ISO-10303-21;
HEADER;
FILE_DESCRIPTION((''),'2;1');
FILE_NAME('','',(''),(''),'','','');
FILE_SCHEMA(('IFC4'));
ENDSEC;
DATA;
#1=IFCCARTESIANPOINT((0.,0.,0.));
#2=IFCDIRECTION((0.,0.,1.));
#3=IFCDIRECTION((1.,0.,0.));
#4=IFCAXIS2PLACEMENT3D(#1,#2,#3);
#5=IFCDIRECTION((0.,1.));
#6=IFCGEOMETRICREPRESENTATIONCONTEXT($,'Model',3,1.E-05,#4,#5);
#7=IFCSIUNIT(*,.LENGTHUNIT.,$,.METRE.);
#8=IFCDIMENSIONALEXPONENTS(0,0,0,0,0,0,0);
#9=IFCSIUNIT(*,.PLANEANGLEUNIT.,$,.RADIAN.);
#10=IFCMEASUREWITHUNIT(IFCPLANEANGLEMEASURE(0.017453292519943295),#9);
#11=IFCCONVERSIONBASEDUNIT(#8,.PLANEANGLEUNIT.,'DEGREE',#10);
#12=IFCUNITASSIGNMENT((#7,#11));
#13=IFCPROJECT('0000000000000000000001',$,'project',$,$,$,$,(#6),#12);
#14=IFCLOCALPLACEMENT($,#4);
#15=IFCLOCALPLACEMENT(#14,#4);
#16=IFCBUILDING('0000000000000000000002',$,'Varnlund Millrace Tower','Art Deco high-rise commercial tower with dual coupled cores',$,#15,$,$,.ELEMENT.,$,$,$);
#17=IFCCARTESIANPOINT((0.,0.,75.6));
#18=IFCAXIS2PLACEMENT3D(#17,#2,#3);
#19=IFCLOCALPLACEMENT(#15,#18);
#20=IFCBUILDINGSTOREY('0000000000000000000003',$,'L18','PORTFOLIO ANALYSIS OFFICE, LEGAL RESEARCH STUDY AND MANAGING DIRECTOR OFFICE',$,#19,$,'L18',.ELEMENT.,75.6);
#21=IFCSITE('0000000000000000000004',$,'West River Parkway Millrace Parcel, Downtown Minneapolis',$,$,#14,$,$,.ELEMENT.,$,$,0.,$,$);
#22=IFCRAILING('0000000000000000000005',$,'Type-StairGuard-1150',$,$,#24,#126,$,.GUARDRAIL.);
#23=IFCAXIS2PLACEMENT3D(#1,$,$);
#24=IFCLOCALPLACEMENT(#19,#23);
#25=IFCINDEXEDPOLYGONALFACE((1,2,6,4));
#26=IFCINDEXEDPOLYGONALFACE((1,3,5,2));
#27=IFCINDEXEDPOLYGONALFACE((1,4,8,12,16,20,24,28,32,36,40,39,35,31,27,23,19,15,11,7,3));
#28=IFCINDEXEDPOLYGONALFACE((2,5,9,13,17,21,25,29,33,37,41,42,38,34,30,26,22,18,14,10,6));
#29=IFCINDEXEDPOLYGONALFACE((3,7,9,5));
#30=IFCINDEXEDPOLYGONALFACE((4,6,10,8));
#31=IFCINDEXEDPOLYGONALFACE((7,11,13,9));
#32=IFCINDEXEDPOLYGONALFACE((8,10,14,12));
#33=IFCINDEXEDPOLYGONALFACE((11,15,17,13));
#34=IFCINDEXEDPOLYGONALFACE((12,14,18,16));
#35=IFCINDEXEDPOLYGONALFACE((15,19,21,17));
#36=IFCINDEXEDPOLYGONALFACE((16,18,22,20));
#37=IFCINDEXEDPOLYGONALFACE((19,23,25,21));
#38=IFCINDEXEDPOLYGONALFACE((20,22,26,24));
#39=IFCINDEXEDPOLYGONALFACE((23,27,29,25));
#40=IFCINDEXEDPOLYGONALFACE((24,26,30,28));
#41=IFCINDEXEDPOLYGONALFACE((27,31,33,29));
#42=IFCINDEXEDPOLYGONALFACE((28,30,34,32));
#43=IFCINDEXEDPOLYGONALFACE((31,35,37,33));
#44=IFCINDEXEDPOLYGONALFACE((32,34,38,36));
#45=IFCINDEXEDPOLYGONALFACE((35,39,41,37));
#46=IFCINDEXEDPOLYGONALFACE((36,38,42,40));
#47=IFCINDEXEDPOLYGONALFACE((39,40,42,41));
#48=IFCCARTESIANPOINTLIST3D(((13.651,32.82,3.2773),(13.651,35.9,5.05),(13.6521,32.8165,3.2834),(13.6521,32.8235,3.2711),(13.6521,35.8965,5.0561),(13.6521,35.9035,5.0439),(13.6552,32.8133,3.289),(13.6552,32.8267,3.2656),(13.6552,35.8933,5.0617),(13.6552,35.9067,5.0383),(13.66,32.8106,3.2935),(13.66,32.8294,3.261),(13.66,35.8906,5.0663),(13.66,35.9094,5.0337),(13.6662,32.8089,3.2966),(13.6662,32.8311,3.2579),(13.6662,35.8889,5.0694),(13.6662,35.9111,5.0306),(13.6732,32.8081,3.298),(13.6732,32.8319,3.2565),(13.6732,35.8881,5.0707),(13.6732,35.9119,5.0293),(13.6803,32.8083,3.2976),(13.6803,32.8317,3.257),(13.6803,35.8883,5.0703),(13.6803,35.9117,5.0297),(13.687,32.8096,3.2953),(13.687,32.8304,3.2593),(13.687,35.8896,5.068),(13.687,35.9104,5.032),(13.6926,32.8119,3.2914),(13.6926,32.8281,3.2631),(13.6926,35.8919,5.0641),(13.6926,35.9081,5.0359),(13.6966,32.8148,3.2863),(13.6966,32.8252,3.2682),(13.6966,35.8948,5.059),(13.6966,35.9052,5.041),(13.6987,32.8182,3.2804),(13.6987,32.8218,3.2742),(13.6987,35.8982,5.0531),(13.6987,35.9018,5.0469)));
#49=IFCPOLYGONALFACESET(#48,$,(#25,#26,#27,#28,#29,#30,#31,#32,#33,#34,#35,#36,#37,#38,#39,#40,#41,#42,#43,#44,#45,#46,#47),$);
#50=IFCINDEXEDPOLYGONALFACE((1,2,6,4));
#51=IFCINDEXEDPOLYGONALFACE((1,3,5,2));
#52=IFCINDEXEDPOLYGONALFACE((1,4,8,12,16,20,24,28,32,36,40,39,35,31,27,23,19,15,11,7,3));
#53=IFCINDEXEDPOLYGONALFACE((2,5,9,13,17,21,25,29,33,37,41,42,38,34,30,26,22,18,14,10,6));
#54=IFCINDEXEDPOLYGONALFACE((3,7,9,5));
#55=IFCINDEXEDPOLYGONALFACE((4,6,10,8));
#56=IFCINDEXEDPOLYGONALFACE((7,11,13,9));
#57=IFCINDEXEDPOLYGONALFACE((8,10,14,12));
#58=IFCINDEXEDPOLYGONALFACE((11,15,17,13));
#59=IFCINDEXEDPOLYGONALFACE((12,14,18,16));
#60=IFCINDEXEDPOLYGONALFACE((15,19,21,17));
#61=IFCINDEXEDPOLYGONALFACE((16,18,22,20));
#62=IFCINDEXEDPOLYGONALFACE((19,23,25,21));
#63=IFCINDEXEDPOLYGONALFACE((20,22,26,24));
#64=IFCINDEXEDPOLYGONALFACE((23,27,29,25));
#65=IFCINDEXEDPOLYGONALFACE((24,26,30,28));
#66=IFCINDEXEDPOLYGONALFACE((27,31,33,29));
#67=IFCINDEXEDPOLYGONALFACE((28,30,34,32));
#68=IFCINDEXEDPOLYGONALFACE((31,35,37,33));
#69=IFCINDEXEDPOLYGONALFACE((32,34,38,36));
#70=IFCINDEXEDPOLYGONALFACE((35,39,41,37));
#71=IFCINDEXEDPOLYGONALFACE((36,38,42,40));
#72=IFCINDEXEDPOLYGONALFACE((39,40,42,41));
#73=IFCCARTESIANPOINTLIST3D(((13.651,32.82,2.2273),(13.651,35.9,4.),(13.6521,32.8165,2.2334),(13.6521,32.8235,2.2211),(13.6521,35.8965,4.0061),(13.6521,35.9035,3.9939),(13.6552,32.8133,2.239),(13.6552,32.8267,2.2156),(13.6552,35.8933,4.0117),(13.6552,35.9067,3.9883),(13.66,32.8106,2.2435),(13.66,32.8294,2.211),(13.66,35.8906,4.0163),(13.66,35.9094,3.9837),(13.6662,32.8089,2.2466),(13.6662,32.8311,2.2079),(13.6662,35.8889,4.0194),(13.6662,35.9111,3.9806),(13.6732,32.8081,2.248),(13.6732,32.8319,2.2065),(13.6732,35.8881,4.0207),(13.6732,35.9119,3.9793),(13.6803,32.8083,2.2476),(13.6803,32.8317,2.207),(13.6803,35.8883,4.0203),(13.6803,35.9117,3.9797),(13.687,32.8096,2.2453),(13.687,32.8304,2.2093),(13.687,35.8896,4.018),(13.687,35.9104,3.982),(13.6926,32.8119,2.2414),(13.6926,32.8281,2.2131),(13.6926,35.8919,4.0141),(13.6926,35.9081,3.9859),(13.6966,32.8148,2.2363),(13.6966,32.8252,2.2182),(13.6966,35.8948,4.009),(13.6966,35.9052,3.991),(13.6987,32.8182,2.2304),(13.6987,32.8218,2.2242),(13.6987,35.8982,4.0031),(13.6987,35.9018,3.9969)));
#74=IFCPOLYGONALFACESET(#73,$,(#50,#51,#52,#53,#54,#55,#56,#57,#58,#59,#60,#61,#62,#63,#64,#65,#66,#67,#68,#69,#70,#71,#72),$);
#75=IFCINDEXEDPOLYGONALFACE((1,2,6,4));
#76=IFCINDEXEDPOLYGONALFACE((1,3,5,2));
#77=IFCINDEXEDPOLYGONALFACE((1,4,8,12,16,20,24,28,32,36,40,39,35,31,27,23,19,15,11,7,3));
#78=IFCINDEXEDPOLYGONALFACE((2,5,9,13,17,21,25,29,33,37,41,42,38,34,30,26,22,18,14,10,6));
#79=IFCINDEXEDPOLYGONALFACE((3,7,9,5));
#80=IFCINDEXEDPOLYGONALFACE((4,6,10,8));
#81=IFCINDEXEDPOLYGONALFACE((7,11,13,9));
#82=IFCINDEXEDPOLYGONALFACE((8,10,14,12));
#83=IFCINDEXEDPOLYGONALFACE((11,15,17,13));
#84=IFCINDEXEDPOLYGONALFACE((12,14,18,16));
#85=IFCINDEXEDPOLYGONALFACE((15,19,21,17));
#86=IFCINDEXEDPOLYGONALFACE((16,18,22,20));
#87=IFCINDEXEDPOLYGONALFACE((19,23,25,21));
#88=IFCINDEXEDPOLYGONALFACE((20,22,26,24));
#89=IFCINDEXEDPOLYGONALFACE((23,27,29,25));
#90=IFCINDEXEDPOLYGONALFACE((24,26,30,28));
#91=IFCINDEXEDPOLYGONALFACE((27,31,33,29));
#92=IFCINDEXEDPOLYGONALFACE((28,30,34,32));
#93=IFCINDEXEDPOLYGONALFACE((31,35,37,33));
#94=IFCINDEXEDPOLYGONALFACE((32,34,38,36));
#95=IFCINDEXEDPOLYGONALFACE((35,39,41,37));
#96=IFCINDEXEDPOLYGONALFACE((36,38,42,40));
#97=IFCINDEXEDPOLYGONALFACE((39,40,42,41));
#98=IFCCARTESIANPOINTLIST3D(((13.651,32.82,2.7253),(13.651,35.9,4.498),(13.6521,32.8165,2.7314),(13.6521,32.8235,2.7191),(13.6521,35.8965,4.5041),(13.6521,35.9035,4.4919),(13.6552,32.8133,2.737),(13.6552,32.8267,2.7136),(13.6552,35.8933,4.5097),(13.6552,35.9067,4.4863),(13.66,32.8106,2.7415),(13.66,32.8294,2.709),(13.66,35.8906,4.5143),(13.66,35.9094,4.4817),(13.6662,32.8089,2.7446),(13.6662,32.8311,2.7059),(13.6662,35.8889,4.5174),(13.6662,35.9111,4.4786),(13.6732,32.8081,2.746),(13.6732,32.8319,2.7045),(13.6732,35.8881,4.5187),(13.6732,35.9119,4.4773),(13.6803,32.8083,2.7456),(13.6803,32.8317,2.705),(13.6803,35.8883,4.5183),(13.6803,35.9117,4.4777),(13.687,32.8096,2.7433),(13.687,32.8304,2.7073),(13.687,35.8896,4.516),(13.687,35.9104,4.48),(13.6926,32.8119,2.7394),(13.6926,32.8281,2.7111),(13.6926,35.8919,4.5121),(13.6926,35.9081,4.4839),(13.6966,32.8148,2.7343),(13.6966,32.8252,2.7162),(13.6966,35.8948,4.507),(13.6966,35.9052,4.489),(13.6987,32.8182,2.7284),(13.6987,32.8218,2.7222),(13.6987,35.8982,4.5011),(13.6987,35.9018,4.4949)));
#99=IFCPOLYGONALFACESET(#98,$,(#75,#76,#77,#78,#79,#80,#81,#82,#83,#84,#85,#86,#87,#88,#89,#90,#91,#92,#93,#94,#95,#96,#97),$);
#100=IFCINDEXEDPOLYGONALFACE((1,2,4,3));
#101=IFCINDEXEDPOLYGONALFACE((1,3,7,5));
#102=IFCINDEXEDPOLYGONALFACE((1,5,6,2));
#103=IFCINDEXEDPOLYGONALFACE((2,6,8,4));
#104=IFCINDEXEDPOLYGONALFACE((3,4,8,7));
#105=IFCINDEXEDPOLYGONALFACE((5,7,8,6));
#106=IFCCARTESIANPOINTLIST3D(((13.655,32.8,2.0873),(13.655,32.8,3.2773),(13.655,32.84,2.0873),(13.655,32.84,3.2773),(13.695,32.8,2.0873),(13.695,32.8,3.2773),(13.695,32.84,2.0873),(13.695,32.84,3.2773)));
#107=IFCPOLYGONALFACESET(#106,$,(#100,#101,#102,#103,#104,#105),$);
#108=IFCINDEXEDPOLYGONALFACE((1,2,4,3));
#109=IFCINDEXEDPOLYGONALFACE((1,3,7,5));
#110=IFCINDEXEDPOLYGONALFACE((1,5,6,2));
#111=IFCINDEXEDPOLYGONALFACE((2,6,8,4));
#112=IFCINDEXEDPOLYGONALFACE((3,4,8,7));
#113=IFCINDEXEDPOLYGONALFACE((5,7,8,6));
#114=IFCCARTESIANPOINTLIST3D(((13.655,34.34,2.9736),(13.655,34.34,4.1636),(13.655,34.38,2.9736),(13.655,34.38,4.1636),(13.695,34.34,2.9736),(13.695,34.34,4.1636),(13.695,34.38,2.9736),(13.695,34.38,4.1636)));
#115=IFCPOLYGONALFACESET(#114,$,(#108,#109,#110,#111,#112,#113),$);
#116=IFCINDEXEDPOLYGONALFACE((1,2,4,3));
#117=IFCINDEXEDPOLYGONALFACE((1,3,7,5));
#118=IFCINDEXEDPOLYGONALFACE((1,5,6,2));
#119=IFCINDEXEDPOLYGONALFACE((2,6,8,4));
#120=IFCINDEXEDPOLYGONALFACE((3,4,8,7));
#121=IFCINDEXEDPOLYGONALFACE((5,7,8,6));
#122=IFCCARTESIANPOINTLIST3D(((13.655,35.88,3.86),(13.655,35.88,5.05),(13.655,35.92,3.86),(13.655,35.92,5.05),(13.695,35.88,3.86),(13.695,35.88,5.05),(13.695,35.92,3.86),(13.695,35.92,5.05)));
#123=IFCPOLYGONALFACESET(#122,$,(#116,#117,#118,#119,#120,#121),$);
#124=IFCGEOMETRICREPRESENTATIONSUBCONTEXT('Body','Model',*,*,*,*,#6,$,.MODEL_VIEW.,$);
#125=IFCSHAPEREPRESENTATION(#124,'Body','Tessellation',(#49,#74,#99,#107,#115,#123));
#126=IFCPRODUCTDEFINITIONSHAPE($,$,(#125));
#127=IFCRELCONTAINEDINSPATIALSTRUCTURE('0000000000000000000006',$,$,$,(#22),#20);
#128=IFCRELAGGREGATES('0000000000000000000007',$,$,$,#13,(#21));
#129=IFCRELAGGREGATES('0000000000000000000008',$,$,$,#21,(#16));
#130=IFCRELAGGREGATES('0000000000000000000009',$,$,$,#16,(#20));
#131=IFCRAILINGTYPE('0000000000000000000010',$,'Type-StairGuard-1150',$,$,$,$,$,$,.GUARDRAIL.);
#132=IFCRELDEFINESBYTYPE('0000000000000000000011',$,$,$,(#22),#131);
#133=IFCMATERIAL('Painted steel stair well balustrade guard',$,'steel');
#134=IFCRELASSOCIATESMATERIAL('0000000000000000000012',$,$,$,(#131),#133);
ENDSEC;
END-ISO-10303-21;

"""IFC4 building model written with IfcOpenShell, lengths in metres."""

from ifc_helpers import new_model, entity, si_unit, converted_unit, direction, frame, origin_with_axes, origin_2d_with_axis, place, context, subcontext, project, spatial, rectangle, circle, extrude, material, type_object, element, save


model = new_model("IFC4")

# Units and contexts
model_context = context("Model", 3, precision=1e-05, world=origin_with_axes(), true_north=direction((0.0, 1.0)))
body_context = subcontext(model_context, "Body", "Model", "MODEL_VIEW")
ifc_project = project(units=[si_unit("LENGTHUNIT", "METRE"), converted_unit("PLANEANGLEUNIT", "DEGREE", entity("IfcPlaneAngleMeasure", 0.017453292519943295), si_unit("PLANEANGLEUNIT", "RADIAN"), dimensions=[0, 0, 0, 0, 0, 0, 0])], contexts=[model_context])

# Site, building, storey
site_placement = place(None, origin_with_axes())
site = spatial("IfcSite", under=ifc_project, at=site_placement, Name="West River Parkway Millrace Parcel, Downtown Minneapolis", CompositionType="ELEMENT", RefElevation=0.0)
building_placement = place(site_placement, origin_with_axes())
building = spatial("IfcBuilding", under=site, at=building_placement, Name="Varnlund Millrace Tower", Description="Art Deco high-rise commercial tower with dual coupled cores", CompositionType="ELEMENT")
storey_placement = place(building_placement, frame((0.0, 0.0, 75.6), z_axis=(0.0, 0.0, 1.0), x_axis=(1.0, 0.0, 0.0)))
storey = spatial("IfcBuildingStorey", under=building, at=storey_placement, Name="L18", Description="PORTFOLIO ANALYSIS OFFICE, LEGAL RESEARCH STUDY AND MANAGING DIRECTOR OFFICE", LongName="L18", CompositionType="ELEMENT", Elevation=75.6)

# Railing
ifc_material_1 = material(Name="Painted steel stair well balustrade guard", Category="steel")
railing_type_1 = type_object("IfcRailingType", Name="Type-StairGuard-1150", PredefinedType="GUARDRAIL", material=ifc_material_1)
railing_1_placement = place(storey_placement, frame((0.0, 0.0, -75.6), z_axis=(0.0, 0.0, 1.0), x_axis=(1.0, 0.0, 0.0)))
element("IfcRailing", 1, at=railing_1_placement, inside=storey, type_object=railing_type_1, Name="Type-StairGuard-1150", PredefinedType="GUARDRAIL", context=body_context, shape_type="SweptSolid", body=[
    extrude(circle(Radius=0.024, at=origin_2d_with_axis()), frame((13.675, 32.82, 78.8773), z_axis=(0.0, 0.866696, 0.498836), x_axis=(-1.0, 0.0, 0.0)), (0.0, 0.0, 1.0), 3.5537),
    extrude(circle(Radius=0.024, at=origin_2d_with_axis()), frame((13.675, 32.82, 77.8273), z_axis=(0.0, 0.866696, 0.498836), x_axis=(-1.0, 0.0, 0.0)), (0.0, 0.0, 1.0), 3.5537),
    extrude(circle(Radius=0.024, at=origin_2d_with_axis()), frame((13.675, 32.82, 78.3253), z_axis=(0.0, 0.866696, 0.498836), x_axis=(-1.0, 0.0, 0.0)), (0.0, 0.0, 1.0), 3.5537),
    extrude(rectangle(XDim=0.04, YDim=0.04, at=origin_2d_with_axis()), frame((13.675, 32.82, 77.6873), z_axis=(0.0, 0.0, 1.0), x_axis=(1.0, 0.0, 0.0)), (0.0, 0.0, 1.0), 1.19),
    extrude(rectangle(XDim=0.04, YDim=0.04, at=origin_2d_with_axis()), frame((13.675, 34.36, 78.5736), z_axis=(0.0, 0.0, 1.0), x_axis=(1.0, 0.0, 0.0)), (0.0, 0.0, 1.0), 1.19),
    extrude(rectangle(XDim=0.04, YDim=0.04, at=origin_2d_with_axis()), frame((13.675, 35.9, 79.46), z_axis=(0.0, 0.0, 1.0), x_axis=(1.0, 0.0, 0.0)), (0.0, 0.0, 1.0), 1.19),
])

save(model, "model.ifc")
